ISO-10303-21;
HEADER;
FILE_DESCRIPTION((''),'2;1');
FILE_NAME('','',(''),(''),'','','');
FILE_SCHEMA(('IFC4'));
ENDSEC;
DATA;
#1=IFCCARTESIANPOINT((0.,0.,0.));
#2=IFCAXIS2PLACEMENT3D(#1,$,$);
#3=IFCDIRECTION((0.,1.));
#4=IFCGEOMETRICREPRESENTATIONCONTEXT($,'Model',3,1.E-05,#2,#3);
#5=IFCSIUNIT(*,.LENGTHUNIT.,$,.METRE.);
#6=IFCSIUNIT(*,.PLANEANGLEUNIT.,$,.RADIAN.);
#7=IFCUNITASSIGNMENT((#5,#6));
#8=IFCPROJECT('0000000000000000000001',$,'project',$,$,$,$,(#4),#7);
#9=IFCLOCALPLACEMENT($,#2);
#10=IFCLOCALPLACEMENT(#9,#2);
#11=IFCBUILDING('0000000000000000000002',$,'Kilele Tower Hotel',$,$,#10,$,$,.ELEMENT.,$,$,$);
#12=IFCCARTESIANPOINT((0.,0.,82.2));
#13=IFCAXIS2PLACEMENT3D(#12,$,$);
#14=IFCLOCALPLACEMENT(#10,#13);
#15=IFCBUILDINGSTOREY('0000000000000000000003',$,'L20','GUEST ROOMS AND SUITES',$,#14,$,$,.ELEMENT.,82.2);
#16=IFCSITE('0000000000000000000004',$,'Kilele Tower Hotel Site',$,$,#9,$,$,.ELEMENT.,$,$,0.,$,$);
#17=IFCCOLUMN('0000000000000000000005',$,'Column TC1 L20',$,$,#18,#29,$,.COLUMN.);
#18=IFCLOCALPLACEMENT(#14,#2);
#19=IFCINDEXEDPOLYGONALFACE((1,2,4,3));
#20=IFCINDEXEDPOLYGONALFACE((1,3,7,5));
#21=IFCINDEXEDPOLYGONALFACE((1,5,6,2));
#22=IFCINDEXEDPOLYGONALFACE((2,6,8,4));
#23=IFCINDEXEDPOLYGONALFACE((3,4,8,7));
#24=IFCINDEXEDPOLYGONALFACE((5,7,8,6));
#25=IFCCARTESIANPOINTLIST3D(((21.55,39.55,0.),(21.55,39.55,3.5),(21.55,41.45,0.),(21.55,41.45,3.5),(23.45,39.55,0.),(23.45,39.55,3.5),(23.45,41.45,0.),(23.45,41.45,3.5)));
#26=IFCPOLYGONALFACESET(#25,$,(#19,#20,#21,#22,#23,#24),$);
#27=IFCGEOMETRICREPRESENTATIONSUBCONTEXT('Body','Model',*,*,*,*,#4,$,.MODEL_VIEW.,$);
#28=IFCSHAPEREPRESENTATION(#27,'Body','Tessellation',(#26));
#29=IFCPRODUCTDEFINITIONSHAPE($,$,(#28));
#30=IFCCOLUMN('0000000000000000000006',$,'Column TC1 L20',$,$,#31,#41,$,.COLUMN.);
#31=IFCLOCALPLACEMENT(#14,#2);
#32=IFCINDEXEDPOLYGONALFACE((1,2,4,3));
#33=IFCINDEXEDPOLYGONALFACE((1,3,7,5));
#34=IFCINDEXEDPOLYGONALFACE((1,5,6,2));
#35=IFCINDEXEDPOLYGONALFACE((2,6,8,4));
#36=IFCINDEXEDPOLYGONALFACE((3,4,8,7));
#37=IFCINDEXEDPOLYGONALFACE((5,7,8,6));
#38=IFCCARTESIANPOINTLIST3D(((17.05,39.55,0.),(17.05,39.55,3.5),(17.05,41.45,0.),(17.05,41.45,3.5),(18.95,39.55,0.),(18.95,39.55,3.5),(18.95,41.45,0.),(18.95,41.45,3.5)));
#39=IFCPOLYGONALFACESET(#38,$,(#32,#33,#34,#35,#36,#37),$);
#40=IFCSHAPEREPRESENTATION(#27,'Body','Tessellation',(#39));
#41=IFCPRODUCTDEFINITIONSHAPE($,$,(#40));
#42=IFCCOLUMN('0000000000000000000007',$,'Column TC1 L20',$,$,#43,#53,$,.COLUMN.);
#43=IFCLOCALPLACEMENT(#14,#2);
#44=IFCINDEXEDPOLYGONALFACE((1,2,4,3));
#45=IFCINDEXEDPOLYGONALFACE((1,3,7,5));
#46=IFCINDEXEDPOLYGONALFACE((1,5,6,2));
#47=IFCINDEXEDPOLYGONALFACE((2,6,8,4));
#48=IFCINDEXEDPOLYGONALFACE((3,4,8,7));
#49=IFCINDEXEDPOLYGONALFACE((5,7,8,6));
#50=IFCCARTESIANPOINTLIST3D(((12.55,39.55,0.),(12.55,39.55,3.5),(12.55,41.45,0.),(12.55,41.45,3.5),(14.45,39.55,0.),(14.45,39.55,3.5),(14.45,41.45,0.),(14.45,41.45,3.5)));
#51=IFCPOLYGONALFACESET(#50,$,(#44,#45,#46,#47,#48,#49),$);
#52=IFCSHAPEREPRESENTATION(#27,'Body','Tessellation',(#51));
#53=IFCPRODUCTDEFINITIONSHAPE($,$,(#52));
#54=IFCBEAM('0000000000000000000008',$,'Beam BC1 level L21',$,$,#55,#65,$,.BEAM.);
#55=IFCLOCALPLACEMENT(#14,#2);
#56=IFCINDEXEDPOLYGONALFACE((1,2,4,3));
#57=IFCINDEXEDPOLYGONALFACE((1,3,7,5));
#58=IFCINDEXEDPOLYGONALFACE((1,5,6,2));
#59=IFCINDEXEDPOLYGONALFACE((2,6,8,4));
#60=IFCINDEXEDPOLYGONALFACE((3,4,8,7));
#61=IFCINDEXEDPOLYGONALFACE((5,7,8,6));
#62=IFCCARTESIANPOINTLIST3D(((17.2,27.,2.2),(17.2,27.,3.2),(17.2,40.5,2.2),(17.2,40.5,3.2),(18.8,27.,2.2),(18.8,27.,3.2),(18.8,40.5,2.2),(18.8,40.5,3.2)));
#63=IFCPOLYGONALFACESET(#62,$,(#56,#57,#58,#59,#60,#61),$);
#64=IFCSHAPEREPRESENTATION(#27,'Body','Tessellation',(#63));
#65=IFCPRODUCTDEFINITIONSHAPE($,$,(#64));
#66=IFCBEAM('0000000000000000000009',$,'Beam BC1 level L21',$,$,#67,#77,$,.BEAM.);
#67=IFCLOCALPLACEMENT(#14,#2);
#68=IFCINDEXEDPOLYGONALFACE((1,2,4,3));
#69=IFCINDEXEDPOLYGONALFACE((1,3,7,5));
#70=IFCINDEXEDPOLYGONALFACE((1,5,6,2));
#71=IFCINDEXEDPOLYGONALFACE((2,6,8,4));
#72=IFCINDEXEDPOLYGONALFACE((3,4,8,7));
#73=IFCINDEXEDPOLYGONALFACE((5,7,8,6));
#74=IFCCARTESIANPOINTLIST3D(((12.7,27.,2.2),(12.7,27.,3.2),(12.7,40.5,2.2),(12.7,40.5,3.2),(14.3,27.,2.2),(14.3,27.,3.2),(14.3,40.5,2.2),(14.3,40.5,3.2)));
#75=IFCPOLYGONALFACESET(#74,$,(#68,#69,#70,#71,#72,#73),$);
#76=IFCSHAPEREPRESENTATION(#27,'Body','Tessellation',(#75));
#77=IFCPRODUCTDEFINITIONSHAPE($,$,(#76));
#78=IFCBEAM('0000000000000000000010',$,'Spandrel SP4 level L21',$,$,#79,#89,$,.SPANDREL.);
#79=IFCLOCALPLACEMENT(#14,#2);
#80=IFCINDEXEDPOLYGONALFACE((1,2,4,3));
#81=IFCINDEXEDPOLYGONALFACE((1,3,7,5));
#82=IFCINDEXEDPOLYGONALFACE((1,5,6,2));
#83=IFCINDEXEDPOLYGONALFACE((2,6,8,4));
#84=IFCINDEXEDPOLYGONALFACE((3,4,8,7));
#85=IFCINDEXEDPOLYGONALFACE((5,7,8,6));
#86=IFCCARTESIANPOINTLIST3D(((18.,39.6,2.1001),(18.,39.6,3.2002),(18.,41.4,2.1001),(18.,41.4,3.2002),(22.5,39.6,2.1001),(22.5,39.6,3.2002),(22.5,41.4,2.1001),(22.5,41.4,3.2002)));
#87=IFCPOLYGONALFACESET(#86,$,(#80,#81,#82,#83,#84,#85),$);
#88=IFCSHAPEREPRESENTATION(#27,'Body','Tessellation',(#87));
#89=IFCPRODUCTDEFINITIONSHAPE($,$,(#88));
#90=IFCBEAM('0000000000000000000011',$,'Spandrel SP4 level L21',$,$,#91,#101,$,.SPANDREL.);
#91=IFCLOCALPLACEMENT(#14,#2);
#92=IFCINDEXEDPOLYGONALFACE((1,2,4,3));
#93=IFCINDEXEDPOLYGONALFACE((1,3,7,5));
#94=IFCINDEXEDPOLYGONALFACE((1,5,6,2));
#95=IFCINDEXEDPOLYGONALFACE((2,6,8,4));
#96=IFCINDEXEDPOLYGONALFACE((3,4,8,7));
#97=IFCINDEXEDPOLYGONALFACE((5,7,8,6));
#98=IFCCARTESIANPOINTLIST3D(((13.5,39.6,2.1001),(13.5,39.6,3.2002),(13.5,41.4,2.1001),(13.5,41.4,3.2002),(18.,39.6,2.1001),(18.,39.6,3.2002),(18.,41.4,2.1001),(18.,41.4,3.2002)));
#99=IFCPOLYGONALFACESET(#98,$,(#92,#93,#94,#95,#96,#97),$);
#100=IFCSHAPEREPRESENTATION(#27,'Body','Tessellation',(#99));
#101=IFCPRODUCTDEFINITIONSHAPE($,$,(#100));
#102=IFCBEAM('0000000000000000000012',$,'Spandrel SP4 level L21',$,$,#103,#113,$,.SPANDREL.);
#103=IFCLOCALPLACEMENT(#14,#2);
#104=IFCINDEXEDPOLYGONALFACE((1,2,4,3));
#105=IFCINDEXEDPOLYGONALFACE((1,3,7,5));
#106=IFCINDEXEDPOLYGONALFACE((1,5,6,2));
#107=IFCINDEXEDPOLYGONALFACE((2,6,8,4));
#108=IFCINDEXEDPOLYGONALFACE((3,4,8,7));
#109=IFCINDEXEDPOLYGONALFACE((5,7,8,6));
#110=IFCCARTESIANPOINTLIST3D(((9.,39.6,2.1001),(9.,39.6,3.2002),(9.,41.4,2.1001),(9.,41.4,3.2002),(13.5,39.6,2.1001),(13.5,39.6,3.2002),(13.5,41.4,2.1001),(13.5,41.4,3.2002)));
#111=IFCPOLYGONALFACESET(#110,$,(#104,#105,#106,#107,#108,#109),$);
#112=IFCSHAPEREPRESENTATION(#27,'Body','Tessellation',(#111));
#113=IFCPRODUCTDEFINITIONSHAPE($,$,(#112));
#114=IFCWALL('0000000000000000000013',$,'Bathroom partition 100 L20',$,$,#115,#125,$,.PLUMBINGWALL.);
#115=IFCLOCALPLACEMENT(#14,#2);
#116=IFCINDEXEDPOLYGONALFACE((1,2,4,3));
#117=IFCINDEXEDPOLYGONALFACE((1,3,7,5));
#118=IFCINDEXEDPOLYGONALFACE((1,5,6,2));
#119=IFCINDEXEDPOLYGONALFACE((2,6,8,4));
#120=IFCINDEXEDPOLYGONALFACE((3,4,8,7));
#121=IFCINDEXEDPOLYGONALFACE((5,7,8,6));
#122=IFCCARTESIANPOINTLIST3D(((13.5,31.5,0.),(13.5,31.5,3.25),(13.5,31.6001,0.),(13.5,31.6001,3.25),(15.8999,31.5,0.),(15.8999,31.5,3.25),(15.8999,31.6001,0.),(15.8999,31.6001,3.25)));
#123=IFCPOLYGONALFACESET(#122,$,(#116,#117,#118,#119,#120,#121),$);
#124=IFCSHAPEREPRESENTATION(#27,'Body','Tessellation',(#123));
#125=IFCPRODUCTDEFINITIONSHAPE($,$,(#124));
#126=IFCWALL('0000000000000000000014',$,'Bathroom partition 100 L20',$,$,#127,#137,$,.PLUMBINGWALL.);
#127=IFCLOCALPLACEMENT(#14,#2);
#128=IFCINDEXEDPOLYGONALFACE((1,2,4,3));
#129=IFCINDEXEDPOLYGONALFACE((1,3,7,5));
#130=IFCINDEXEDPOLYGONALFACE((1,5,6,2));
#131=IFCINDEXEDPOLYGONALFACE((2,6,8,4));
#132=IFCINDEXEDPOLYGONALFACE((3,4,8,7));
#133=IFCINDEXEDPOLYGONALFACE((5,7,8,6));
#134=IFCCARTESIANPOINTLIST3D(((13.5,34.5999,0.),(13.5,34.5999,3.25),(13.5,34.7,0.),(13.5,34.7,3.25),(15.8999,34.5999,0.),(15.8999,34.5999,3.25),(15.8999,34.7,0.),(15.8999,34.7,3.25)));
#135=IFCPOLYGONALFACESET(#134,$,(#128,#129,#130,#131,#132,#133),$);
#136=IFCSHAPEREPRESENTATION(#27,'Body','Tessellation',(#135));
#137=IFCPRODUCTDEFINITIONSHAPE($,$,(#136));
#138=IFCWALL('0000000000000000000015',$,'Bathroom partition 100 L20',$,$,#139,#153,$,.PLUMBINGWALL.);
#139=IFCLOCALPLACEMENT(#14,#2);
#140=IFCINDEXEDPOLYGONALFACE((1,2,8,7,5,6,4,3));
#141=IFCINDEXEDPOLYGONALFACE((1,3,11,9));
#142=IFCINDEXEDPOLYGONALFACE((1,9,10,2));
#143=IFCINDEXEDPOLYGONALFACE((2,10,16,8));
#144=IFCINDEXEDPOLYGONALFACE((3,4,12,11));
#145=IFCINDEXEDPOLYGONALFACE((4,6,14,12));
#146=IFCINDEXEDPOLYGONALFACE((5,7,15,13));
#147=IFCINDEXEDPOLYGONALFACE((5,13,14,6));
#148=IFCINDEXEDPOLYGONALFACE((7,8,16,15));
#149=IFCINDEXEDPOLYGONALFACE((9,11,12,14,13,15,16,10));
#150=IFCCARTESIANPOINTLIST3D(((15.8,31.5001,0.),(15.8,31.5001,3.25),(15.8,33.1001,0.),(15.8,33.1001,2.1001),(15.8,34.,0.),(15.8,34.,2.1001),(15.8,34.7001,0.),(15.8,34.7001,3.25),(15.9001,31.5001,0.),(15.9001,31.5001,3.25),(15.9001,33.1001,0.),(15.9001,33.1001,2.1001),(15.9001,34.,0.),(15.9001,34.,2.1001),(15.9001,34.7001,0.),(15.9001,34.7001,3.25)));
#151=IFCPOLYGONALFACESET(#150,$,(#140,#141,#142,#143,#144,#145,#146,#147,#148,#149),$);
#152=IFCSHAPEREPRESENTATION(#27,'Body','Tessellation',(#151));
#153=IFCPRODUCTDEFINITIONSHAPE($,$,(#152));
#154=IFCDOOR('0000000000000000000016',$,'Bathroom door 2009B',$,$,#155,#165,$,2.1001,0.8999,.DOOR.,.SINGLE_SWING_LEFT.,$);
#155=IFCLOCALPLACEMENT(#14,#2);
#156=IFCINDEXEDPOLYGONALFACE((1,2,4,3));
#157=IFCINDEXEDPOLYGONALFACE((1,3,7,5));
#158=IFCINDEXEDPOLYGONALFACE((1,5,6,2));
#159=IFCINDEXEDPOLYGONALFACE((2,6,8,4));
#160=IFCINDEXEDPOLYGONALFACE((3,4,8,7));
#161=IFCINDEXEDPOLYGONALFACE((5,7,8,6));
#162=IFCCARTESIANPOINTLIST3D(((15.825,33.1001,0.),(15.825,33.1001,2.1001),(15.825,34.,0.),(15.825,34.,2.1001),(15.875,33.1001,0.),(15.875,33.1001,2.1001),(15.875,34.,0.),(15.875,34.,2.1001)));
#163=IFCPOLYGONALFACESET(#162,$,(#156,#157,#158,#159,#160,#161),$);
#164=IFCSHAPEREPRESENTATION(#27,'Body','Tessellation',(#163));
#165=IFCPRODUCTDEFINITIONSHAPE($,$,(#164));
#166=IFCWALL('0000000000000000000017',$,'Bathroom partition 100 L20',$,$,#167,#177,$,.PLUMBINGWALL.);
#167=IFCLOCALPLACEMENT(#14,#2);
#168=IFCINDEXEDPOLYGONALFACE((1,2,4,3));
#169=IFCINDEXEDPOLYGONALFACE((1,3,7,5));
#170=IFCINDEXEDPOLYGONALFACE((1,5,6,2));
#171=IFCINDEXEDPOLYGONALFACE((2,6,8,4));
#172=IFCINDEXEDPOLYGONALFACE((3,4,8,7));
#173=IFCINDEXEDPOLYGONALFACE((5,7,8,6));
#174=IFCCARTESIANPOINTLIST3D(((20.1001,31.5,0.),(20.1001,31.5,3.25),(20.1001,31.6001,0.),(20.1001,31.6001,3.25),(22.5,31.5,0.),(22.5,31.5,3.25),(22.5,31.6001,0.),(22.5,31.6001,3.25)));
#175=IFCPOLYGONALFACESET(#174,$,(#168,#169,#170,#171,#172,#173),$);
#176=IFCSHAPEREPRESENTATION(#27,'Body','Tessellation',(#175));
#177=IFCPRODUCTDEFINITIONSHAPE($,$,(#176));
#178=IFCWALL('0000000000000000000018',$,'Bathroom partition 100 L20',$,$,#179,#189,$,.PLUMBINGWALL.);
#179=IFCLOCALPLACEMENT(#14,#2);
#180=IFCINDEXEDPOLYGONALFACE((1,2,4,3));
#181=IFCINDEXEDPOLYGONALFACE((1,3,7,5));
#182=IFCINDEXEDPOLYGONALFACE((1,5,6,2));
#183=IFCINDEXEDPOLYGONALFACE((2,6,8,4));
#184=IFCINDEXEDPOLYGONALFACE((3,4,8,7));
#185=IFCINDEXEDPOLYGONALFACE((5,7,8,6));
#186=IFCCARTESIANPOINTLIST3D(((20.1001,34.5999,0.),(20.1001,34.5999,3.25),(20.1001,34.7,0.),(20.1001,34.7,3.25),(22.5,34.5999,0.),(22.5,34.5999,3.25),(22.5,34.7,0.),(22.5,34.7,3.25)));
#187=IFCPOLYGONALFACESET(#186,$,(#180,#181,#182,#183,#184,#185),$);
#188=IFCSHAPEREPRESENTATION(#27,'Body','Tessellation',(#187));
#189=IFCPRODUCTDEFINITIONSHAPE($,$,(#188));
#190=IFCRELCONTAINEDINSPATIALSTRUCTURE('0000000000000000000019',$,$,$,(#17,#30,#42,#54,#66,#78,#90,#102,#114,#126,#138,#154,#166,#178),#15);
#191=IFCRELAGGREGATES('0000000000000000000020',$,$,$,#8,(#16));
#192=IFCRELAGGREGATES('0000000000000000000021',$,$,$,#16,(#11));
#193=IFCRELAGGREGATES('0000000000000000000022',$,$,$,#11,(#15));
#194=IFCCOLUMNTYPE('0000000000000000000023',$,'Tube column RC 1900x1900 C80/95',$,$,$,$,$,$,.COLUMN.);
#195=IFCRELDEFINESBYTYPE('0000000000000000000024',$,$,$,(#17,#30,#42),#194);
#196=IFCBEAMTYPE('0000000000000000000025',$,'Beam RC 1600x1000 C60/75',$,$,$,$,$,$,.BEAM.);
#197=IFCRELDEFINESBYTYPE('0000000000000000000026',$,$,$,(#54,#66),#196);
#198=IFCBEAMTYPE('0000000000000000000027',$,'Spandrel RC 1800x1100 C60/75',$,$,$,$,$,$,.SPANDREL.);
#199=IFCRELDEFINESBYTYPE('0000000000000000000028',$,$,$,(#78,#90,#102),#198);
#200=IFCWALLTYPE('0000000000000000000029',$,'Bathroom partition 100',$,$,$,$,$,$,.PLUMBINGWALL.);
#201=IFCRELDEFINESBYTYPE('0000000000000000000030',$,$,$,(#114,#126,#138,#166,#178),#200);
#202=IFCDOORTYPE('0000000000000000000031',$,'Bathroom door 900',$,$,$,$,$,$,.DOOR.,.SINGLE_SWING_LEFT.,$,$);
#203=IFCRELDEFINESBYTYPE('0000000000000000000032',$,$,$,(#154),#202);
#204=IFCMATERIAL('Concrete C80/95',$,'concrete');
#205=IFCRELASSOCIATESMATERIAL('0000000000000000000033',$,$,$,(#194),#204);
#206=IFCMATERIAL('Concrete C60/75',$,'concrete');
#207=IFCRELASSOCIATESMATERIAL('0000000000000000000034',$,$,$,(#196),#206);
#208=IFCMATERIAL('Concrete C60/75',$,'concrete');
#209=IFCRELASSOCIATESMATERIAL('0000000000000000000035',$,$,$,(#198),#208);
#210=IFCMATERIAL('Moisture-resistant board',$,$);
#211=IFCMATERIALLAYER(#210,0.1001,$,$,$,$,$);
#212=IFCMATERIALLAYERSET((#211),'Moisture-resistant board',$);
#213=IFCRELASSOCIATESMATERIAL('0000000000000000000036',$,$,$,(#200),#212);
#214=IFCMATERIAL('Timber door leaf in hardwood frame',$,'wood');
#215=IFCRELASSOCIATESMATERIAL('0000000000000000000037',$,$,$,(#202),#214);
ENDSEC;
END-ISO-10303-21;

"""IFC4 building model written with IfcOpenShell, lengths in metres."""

from ifc_helpers import new_model, si_unit, direction, frame, frame_2d, origin, origin_2d, place, context, subcontext, project, spatial, rectangle, extrude, material, layer, layer_set, material_profile, profile_set, type_object, element, fill, save


model = new_model("IFC4")

# Units and contexts
model_context = context("Model", 3, precision=1e-05, world=origin(), true_north=direction((0.0, 1.0)))
body_context = subcontext(model_context, "Body", "Model", "MODEL_VIEW")
ifc_project = project(units=[si_unit("LENGTHUNIT", "METRE"), si_unit("PLANEANGLEUNIT", "RADIAN")], contexts=[model_context])

# Site, building, storey
site_placement = place(None, origin())
site = spatial("IfcSite", under=ifc_project, at=site_placement, Name="Kilele Tower Hotel Site", CompositionType="ELEMENT", RefElevation=0.0)
building_placement = place(site_placement, origin())
building = spatial("IfcBuilding", under=site, at=building_placement, Name="Kilele Tower Hotel", CompositionType="ELEMENT")
storey_placement = place(building_placement, frame((0.0, 0.0, 82.2)))
storey = spatial("IfcBuildingStorey", under=building, at=storey_placement, Name="L20", Description="GUEST ROOMS AND SUITES", CompositionType="ELEMENT", Elevation=82.2)

# Columns
ifc_material_1 = material(Name="Concrete C80/95", Category="concrete")
ifc_material_profile_1 = material_profile(ifc_material_1, rectangle(XDim=1.8999, YDim=1.8999, at=origin_2d()))
ifc_profile_set_1 = profile_set([ifc_material_profile_1], Name="Concrete C80/95")
column_type = type_object("IfcColumnType", Name="Tube column RC 1900x1900 C80/95", PredefinedType="COLUMN", material=ifc_profile_set_1)
for number, where, z_axis, x_axis, name in (
    (1, (22.5, 40.5, 0.0), (0.0, 0.0, 1.0), (1.0, 0.0, 0.0), "Column TC1 L20"),
    (2, (18.0, 40.5, 0.0), (0.0, 0.0, 1.0), (1.0, 0.0, 0.0), "Column TC1 L20"),
    (3, (13.5, 40.5, 0.0), (0.0, 0.0, 1.0), (1.0, 0.0, 0.0), "Column TC1 L20"),
):
    element("IfcColumn", number, at=place(storey_placement, frame(where, z_axis=z_axis, x_axis=x_axis)), inside=storey, type_object=column_type, Name=name, PredefinedType="COLUMN", context=body_context, shape_type="SweptSolid", body=[
        extrude(rectangle(XDim=1.8999, YDim=1.8999, at=origin_2d()), origin(), (0.0, 0.0, 1.0), 3.5),
    ])

# Beams
ifc_material_2 = material(Name="Concrete C60/75", Category="concrete")
ifc_material_profile_2 = material_profile(ifc_material_2, rectangle(XDim=1.6001, YDim=1.0, at=origin_2d()))
ifc_profile_set_2 = profile_set([ifc_material_profile_2], Name="Concrete C60/75")
beam_type_1 = type_object("IfcBeamType", Name="Beam RC 1600x1000 C60/75", PredefinedType="BEAM", material=ifc_profile_set_2)
for number, where, z_axis, x_axis, name in (
    (4, (18.0, 40.5, 2.7), (0.0, -1.0, 0.0), (1.0, 0.0, 0.0), "Beam BC1 level L21"),
    (5, (13.5, 40.5, 2.7), (0.0, -1.0, 0.0), (1.0, 0.0, 0.0), "Beam BC1 level L21"),
):
    element("IfcBeam", number, at=place(storey_placement, frame(where, z_axis=z_axis, x_axis=x_axis)), inside=storey, type_object=beam_type_1, Name=name, PredefinedType="BEAM", context=body_context, shape_type="SweptSolid", body=[
        extrude(rectangle(XDim=1.6001, YDim=1.0, at=origin_2d()), origin(), (0.0, 0.0, 1.0), 13.5),
    ])
ifc_material_3 = material(Name="Concrete C60/75", Category="concrete")
ifc_material_profile_3 = material_profile(ifc_material_3, rectangle(XDim=1.8, YDim=1.1001, at=origin_2d()))
ifc_profile_set_3 = profile_set([ifc_material_profile_3], Name="Concrete C60/75")
beam_type_2 = type_object("IfcBeamType", Name="Spandrel RC 1800x1100 C60/75", PredefinedType="SPANDREL", material=ifc_profile_set_3)
for number, where, z_axis, x_axis, name in (
    (6, (22.5, 40.5, 2.6501), (-1.0, 0.0, 0.0), (0.0, -1.0, 0.0), "Spandrel SP4 level L21"),
    (7, (18.0, 40.5, 2.6501), (-1.0, 0.0, 0.0), (0.0, -1.0, 0.0), "Spandrel SP4 level L21"),
    (8, (13.5, 40.5, 2.6501), (-1.0, 0.0, 0.0), (0.0, -1.0, 0.0), "Spandrel SP4 level L21"),
):
    element("IfcBeam", number, at=place(storey_placement, frame(where, z_axis=z_axis, x_axis=x_axis)), inside=storey, type_object=beam_type_2, Name=name, PredefinedType="SPANDREL", context=body_context, shape_type="SweptSolid", body=[
        extrude(rectangle(XDim=1.8, YDim=1.1001, at=origin_2d()), origin(), (0.0, 0.0, 1.0), 4.5),
    ])

# Walls
ifc_material_4 = material(Name="Moisture-resistant board")
ifc_layer_1 = layer(ifc_material_4, 0.1001)
ifc_layer_set_1 = layer_set([ifc_layer_1], Name="Moisture-resistant board")
wall_type_1 = type_object("IfcWallType", Name="Bathroom partition 100", PredefinedType="PLUMBINGWALL", material=ifc_layer_set_1)
for number, where, z_axis, x_axis, name in (
    (9, (13.5, 31.55, 0.0), (0.0, 0.0, 1.0), (1.0, 0.0, 0.0), "Bathroom partition 100 L20"),
    (10, (13.5, 34.6499, 0.0), (0.0, 0.0, 1.0), (1.0, 0.0, 0.0), "Bathroom partition 100 L20"),
):
    element("IfcWall", number, at=place(storey_placement, frame(where, z_axis=z_axis, x_axis=x_axis)), inside=storey, type_object=wall_type_1, Name=name, PredefinedType="PLUMBINGWALL", context=body_context, shape_type="SweptSolid", body=[
        extrude(rectangle(XDim=2.3999, YDim=0.1001, at=frame_2d((1.2, 0.0))), origin(), (0.0, 0.0, 1.0), 3.25),
    ])

# Wall, opening, door
wall_1_placement = place(storey_placement, frame((15.8501, 31.5, 0.0), z_axis=(0.0, 0.0, 1.0), x_axis=(0.0, 1.0, 0.0)))
wall_1 = element("IfcWall", 11, at=wall_1_placement, inside=storey, type_object=wall_type_1, Name="Bathroom partition 100 L20", PredefinedType="PLUMBINGWALL", context=body_context, shape_type="SweptSolid", body=[
    extrude(rectangle(XDim=3.2, YDim=0.1001, at=frame_2d((1.6001, 0.0))), origin(), (0.0, 0.0, 1.0), 3.25),
])
opening_1_placement = place(wall_1_placement, frame((2.5, 0.0, 0.0), z_axis=(0.0, 0.0, 1.0), x_axis=(-1.0, 0.0, 0.0)))
opening_1 = element("IfcOpeningElement", 12, at=opening_1_placement, cuts=wall_1, PredefinedType="OPENING", context=body_context, shape_type="SweptSolid", body=[
    extrude(rectangle(XDim=0.8999, YDim=2.1001, at=frame_2d((0.45, 1.05))), frame((0.0, 0.0601, 0.0), z_axis=(0.0, -1.0, 0.0), x_axis=(1.0, 0.0, 0.0)), (0.0, 0.0, 1.0), 0.1201),
])
ifc_material_5 = material(Name="Timber door leaf in hardwood frame", Category="wood")
door_type_1 = type_object("IfcDoorType", Name="Bathroom door 900", OperationType="SINGLE_SWING_LEFT", PredefinedType="DOOR", material=ifc_material_5)
door_1_placement = place(opening_1_placement, origin())
door_1 = element("IfcDoor", 13, at=door_1_placement, inside=storey, type_object=door_type_1, Name="Bathroom door 2009B", OperationType="SINGLE_SWING_LEFT", OverallHeight=2.1001, OverallWidth=0.8999, PredefinedType="DOOR", context=body_context, shape_type="SweptSolid", body=[
    extrude(rectangle(XDim=0.8999, YDim=2.1001, at=frame_2d((0.45, 1.05))), frame((0.0, 0.0249, 0.0), z_axis=(0.0, -1.0, 0.0), x_axis=(1.0, 0.0, 0.0)), (0.0, 0.0, 1.0), 0.05),
])
fill(opening_1, door_1)

# Walls
for number, where, z_axis, x_axis, name in (
    (14, (20.1001, 31.55, 0.0), (0.0, 0.0, 1.0), (1.0, 0.0, 0.0), "Bathroom partition 100 L20"),
    (15, (20.1001, 34.6499, 0.0), (0.0, 0.0, 1.0), (1.0, 0.0, 0.0), "Bathroom partition 100 L20"),
):
    element("IfcWall", number, at=place(storey_placement, frame(where, z_axis=z_axis, x_axis=x_axis)), inside=storey, type_object=wall_type_1, Name=name, PredefinedType="PLUMBINGWALL", context=body_context, shape_type="SweptSolid", body=[
        extrude(rectangle(XDim=2.3999, YDim=0.1001, at=frame_2d((1.2, 0.0))), origin(), (0.0, 0.0, 1.0), 3.25),
    ])

save(model, "model.ifc")
